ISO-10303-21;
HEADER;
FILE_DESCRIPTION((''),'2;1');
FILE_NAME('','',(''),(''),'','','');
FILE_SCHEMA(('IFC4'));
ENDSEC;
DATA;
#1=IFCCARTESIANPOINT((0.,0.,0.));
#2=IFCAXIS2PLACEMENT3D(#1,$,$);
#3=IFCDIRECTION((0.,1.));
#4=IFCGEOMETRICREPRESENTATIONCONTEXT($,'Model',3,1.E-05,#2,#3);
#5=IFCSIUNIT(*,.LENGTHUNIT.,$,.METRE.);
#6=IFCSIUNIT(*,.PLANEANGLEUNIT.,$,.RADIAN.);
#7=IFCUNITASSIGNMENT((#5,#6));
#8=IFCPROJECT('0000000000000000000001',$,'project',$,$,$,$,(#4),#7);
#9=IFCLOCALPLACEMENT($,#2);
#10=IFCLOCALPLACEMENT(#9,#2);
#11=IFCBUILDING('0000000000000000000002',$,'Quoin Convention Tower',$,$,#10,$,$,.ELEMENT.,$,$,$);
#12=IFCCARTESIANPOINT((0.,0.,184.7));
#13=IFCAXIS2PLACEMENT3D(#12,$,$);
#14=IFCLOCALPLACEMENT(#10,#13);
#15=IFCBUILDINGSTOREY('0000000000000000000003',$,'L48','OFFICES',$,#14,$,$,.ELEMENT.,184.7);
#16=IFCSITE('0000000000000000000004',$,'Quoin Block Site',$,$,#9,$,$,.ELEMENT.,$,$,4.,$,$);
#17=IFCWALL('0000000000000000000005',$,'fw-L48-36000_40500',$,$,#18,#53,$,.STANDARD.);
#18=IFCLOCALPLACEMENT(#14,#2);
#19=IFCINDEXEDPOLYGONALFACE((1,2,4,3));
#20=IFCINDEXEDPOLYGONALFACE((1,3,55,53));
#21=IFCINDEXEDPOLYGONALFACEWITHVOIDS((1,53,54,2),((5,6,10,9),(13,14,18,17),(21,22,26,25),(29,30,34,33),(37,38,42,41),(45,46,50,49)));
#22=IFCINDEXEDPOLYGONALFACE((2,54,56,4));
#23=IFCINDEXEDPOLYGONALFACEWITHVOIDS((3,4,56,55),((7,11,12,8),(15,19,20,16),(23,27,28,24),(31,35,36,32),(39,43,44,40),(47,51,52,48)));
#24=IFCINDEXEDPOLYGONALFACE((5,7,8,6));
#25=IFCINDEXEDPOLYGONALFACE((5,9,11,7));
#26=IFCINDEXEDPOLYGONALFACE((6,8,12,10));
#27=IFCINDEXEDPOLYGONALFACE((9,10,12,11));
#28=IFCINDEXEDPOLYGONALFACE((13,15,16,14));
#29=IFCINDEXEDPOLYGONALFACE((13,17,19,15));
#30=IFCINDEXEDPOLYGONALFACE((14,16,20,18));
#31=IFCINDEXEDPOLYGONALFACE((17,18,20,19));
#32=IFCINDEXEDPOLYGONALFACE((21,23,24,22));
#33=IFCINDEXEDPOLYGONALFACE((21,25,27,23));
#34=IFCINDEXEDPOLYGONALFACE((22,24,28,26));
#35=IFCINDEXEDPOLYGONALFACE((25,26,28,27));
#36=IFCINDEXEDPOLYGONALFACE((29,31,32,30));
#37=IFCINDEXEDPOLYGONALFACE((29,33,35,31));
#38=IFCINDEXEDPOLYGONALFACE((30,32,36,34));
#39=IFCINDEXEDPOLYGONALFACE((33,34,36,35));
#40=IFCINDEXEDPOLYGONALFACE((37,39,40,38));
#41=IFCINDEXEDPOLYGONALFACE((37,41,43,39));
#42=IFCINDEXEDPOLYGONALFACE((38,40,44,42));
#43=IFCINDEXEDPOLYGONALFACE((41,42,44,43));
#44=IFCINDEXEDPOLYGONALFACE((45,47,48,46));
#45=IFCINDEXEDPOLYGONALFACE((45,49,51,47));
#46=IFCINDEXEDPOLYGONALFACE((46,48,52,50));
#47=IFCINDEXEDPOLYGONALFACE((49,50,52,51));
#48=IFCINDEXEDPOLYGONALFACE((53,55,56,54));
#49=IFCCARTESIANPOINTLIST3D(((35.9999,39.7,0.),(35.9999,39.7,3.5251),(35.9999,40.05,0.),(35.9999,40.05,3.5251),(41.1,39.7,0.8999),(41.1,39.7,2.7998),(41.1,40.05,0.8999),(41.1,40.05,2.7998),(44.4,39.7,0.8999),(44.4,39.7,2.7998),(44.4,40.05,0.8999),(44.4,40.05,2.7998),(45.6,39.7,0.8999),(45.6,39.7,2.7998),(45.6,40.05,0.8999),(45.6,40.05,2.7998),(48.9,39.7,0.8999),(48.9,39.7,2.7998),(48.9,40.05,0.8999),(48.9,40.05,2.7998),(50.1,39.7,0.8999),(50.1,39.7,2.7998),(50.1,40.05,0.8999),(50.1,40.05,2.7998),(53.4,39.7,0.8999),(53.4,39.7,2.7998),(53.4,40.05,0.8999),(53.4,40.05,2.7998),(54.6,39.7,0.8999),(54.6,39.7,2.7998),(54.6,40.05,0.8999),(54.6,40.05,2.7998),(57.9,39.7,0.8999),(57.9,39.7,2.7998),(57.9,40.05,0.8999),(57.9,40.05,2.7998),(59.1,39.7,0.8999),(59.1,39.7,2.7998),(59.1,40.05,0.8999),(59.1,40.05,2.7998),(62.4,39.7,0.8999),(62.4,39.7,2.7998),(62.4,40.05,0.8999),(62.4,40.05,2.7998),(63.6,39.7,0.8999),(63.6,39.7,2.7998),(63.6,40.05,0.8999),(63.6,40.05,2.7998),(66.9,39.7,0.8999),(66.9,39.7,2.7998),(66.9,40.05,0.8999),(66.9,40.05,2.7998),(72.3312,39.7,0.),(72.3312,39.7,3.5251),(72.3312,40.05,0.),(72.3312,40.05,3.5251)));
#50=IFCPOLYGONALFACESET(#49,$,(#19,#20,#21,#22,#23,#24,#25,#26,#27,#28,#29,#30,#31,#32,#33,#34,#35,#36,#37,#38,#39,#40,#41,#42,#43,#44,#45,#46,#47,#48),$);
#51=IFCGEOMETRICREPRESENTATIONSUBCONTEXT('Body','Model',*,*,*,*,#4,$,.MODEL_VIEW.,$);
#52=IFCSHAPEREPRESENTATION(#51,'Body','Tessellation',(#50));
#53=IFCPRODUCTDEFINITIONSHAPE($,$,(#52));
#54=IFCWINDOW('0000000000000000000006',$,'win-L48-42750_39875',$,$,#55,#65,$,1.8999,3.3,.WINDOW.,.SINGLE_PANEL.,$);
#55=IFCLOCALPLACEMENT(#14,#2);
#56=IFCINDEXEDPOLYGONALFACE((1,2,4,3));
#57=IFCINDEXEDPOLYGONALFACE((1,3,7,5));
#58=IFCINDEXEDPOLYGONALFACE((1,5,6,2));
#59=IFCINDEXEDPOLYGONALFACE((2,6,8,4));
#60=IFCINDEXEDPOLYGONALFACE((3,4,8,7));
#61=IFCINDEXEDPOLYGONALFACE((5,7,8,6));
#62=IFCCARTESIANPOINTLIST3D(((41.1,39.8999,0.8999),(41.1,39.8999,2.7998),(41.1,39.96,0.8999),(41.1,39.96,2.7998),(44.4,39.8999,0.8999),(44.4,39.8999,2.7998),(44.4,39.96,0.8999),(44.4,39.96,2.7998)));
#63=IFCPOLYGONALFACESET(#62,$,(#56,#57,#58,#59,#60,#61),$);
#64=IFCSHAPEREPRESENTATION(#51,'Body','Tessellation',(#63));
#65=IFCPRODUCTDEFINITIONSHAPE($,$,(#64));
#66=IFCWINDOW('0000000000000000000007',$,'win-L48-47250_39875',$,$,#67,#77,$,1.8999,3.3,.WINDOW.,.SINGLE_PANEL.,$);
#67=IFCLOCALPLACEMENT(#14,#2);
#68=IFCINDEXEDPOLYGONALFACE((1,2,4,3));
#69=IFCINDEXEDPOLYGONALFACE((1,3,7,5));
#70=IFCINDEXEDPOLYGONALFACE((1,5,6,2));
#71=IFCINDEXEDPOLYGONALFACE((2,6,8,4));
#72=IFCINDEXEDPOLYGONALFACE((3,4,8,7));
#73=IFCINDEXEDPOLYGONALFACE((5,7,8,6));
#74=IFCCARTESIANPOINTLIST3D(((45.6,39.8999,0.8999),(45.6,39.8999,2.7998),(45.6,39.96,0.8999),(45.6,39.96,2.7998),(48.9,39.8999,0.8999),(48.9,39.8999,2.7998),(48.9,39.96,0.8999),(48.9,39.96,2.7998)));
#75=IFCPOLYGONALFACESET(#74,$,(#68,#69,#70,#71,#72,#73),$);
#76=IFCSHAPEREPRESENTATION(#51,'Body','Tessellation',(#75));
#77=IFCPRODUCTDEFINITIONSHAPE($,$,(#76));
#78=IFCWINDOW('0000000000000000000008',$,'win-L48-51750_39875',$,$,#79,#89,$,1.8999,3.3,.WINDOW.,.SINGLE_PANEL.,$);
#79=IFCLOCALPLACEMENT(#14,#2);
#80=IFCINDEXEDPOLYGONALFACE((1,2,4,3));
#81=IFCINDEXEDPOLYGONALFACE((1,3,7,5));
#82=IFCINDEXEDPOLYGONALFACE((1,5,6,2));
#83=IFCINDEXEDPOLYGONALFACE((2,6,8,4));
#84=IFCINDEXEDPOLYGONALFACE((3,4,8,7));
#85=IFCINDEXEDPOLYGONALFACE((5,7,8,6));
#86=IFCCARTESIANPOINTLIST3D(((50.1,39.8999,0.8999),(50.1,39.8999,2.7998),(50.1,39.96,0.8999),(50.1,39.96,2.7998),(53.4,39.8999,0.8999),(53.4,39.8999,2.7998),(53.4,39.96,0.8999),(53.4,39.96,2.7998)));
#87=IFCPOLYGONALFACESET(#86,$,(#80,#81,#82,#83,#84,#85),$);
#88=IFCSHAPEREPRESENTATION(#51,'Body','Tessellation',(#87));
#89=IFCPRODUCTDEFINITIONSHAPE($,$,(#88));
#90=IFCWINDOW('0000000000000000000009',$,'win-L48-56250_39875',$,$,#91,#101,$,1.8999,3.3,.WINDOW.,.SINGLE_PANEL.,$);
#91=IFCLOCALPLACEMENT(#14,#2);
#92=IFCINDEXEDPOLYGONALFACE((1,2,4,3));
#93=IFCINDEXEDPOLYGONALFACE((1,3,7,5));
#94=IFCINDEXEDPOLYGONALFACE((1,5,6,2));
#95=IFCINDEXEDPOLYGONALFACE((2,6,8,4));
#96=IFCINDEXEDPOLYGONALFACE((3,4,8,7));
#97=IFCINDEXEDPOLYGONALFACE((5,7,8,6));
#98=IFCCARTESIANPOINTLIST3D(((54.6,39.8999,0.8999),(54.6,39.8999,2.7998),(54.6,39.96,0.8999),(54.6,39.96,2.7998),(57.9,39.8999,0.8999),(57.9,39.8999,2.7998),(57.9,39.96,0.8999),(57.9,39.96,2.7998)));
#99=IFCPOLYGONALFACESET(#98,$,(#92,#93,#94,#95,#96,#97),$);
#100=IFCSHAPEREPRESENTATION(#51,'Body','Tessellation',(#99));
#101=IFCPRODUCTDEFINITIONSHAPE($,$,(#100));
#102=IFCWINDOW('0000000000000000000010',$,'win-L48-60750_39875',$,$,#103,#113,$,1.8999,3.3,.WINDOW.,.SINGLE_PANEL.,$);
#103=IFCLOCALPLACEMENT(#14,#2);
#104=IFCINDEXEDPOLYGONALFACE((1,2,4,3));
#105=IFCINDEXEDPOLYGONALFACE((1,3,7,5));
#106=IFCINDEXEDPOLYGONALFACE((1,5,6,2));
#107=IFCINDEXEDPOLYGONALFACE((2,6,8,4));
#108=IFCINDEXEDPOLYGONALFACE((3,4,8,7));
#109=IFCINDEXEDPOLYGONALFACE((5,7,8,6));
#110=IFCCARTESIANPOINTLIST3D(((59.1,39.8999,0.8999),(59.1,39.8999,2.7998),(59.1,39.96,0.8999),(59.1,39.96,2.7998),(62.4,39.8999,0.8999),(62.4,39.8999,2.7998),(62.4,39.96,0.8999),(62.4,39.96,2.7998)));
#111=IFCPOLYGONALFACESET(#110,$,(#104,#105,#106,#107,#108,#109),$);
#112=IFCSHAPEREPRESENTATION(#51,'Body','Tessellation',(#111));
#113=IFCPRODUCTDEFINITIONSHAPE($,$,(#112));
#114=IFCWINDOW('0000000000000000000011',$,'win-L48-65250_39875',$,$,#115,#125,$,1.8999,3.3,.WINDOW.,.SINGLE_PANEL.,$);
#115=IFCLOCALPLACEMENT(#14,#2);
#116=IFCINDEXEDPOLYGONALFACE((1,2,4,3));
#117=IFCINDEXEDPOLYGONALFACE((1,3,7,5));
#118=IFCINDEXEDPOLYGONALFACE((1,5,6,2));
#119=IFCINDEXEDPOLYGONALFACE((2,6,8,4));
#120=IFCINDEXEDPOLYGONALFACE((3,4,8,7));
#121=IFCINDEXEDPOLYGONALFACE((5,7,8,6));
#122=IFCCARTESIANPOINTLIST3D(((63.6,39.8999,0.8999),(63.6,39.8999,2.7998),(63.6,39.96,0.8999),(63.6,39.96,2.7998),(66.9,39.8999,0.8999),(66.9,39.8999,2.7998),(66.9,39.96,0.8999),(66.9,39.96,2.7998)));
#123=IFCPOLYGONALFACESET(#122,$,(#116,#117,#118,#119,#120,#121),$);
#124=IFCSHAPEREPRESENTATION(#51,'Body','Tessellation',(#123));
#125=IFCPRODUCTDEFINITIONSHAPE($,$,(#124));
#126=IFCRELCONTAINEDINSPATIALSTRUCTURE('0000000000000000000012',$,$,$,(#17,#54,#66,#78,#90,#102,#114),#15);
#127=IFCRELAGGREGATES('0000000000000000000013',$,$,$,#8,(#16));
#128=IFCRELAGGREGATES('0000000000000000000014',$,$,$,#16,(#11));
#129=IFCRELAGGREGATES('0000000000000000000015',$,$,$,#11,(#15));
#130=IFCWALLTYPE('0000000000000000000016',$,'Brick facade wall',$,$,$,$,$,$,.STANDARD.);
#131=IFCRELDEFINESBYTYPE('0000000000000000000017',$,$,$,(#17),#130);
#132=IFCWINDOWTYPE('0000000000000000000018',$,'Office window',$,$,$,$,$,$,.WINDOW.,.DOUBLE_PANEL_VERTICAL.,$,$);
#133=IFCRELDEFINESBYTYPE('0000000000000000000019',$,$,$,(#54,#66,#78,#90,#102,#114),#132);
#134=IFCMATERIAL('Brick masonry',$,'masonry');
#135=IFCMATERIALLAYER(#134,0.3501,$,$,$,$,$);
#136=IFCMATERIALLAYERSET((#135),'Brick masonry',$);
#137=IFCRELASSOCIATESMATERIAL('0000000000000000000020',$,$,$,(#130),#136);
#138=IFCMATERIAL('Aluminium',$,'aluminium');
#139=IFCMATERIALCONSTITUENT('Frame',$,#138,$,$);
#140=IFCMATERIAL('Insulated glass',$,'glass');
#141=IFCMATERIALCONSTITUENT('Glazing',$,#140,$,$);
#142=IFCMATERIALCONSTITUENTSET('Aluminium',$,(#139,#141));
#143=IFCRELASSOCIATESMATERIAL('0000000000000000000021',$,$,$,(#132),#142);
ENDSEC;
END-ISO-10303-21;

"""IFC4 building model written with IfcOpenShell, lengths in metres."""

from ifc_helpers import new_model, si_unit, direction, frame, frame_2d, origin, place, context, subcontext, project, spatial, rectangle, extrude, material, layer, layer_set, constituent, constituent_set, type_object, element, fill, save


model = new_model("IFC4")

# Units and contexts
model_context = context("Model", 3, precision=1e-05, world=origin(), true_north=direction((0.0, 1.0)))
body_context = subcontext(model_context, "Body", "Model", "MODEL_VIEW")
ifc_project = project(units=[si_unit("LENGTHUNIT", "METRE"), si_unit("PLANEANGLEUNIT", "RADIAN")], contexts=[model_context])

# Site, building, storey
site_placement = place(None, origin())
site = spatial("IfcSite", under=ifc_project, at=site_placement, Name="Quoin Block Site", CompositionType="ELEMENT", RefElevation=4.0)
building_placement = place(site_placement, origin())
building = spatial("IfcBuilding", under=site, at=building_placement, Name="Quoin Convention Tower", CompositionType="ELEMENT")
storey_placement = place(building_placement, frame((0.0, 0.0, 184.7)))
storey = spatial("IfcBuildingStorey", under=building, at=storey_placement, Name="L48", Description="OFFICES", CompositionType="ELEMENT", Elevation=184.7)

# Wall, openings, windows
ifc_material_1 = material(Name="Brick masonry", Category="masonry")
ifc_layer_1 = layer(ifc_material_1, 0.3501)
ifc_layer_set_1 = layer_set([ifc_layer_1], Name="Brick masonry")
wall_type_1 = type_object("IfcWallType", Name="Brick facade wall", PredefinedType="STANDARD", material=ifc_layer_set_1)
wall_1_placement = place(storey_placement, frame((36.0, 39.875, 0.0), z_axis=(0.0, 0.0, 1.0), x_axis=(1.0, 0.0, 0.0)))
wall_1 = element("IfcWall", 1, at=wall_1_placement, inside=storey, type_object=wall_type_1, Name="fw-L48-36000_40500", PredefinedType="STANDARD", context=body_context, shape_type="SweptSolid", body=[
    extrude(rectangle(XDim=36.3313, YDim=0.3501, at=frame_2d((18.1655, 0.0))), origin(), (0.0, 0.0, 1.0), 3.5251),
])
opening_1_placement = place(wall_1_placement, frame((5.1001, 0.0, 0.8999)))
opening_1 = element("IfcOpeningElement", 2, at=opening_1_placement, cuts=wall_1, PredefinedType="OPENING", context=body_context, shape_type="SweptSolid", body=[
    extrude(rectangle(XDim=3.3, YDim=1.8999, at=frame_2d((1.6499, 0.95))), frame((0.0, 0.1851, 0.0), z_axis=(0.0, -1.0, 0.0), x_axis=(1.0, 0.0, 0.0)), (0.0, 0.0, 1.0), 0.3701),
])
opening_2_placement = place(wall_1_placement, frame((9.6001, 0.0, 0.8999)))
opening_2 = element("IfcOpeningElement", 3, at=opening_2_placement, cuts=wall_1, PredefinedType="OPENING", context=body_context, shape_type="SweptSolid", body=[
    extrude(rectangle(XDim=3.3, YDim=1.8999, at=frame_2d((1.6499, 0.95))), frame((0.0, 0.1851, 0.0), z_axis=(0.0, -1.0, 0.0), x_axis=(1.0, 0.0, 0.0)), (0.0, 0.0, 1.0), 0.3701),
])
opening_3_placement = place(wall_1_placement, frame((14.1001, 0.0, 0.8999)))
opening_3 = element("IfcOpeningElement", 4, at=opening_3_placement, cuts=wall_1, PredefinedType="OPENING", context=body_context, shape_type="SweptSolid", body=[
    extrude(rectangle(XDim=3.3, YDim=1.8999, at=frame_2d((1.6499, 0.95))), frame((0.0, 0.1851, 0.0), z_axis=(0.0, -1.0, 0.0), x_axis=(1.0, 0.0, 0.0)), (0.0, 0.0, 1.0), 0.3701),
])
opening_4_placement = place(wall_1_placement, frame((18.6001, 0.0, 0.8999)))
opening_4 = element("IfcOpeningElement", 5, at=opening_4_placement, cuts=wall_1, PredefinedType="OPENING", context=body_context, shape_type="SweptSolid", body=[
    extrude(rectangle(XDim=3.3, YDim=1.8999, at=frame_2d((1.6499, 0.95))), frame((0.0, 0.1851, 0.0), z_axis=(0.0, -1.0, 0.0), x_axis=(1.0, 0.0, 0.0)), (0.0, 0.0, 1.0), 0.3701),
])
opening_5_placement = place(wall_1_placement, frame((23.1001, 0.0, 0.8999)))
opening_5 = element("IfcOpeningElement", 6, at=opening_5_placement, cuts=wall_1, PredefinedType="OPENING", context=body_context, shape_type="SweptSolid", body=[
    extrude(rectangle(XDim=3.3, YDim=1.8999, at=frame_2d((1.6499, 0.95))), frame((0.0, 0.1851, 0.0), z_axis=(0.0, -1.0, 0.0), x_axis=(1.0, 0.0, 0.0)), (0.0, 0.0, 1.0), 0.3701),
])
opening_6_placement = place(wall_1_placement, frame((27.6001, 0.0, 0.8999)))
opening_6 = element("IfcOpeningElement", 7, at=opening_6_placement, cuts=wall_1, PredefinedType="OPENING", context=body_context, shape_type="SweptSolid", body=[
    extrude(rectangle(XDim=3.3, YDim=1.8999, at=frame_2d((1.6499, 0.95))), frame((0.0, 0.1851, 0.0), z_axis=(0.0, -1.0, 0.0), x_axis=(1.0, 0.0, 0.0)), (0.0, 0.0, 1.0), 0.3701),
])
ifc_material_2 = material(Name="Aluminium", Category="aluminium")
ifc_constituent_1 = constituent(ifc_material_2, Name="Frame")
ifc_material_3 = material(Name="Insulated glass", Category="glass")
ifc_constituent_2 = constituent(ifc_material_3, Name="Glazing")
ifc_constituent_set = constituent_set(constituents=[ifc_constituent_1, ifc_constituent_2], Name="Aluminium")
window_type = type_object("IfcWindowType", Name="Office window", PartitioningType="DOUBLE_PANEL_VERTICAL", PredefinedType="WINDOW", material=ifc_constituent_set)
window_1_placement = place(opening_1_placement, origin())
window_1 = element("IfcWindow", 8, at=window_1_placement, inside=storey, type_object=window_type, Name="win-L48-42750_39875", OverallHeight=1.8999, OverallWidth=3.3, PartitioningType="SINGLE_PANEL", PredefinedType="WINDOW", context=body_context, shape_type="SweptSolid", body=[
    extrude(rectangle(XDim=3.3, YDim=1.8999, at=frame_2d((1.6499, 0.95))), frame((0.0, 0.085, 0.0), z_axis=(0.0, -1.0, 0.0), x_axis=(1.0, 0.0, 0.0)), (0.0, 0.0, 1.0), 0.0601),
])
fill(opening_1, window_1)
window_2_placement = place(opening_2_placement, origin())
window_2 = element("IfcWindow", 9, at=window_2_placement, inside=storey, type_object=window_type, Name="win-L48-47250_39875", OverallHeight=1.8999, OverallWidth=3.3, PartitioningType="SINGLE_PANEL", PredefinedType="WINDOW", context=body_context, shape_type="SweptSolid", body=[
    extrude(rectangle(XDim=3.3, YDim=1.8999, at=frame_2d((1.6499, 0.95))), frame((0.0, 0.085, 0.0), z_axis=(0.0, -1.0, 0.0), x_axis=(1.0, 0.0, 0.0)), (0.0, 0.0, 1.0), 0.0601),
])
fill(opening_2, window_2)
window_3_placement = place(opening_3_placement, origin())
window_3 = element("IfcWindow", 10, at=window_3_placement, inside=storey, type_object=window_type, Name="win-L48-51750_39875", OverallHeight=1.8999, OverallWidth=3.3, PartitioningType="SINGLE_PANEL", PredefinedType="WINDOW", context=body_context, shape_type="SweptSolid", body=[
    extrude(rectangle(XDim=3.3, YDim=1.8999, at=frame_2d((1.6499, 0.95))), frame((0.0, 0.085, 0.0), z_axis=(0.0, -1.0, 0.0), x_axis=(1.0, 0.0, 0.0)), (0.0, 0.0, 1.0), 0.0601),
])
fill(opening_3, window_3)
window_4_placement = place(opening_4_placement, origin())
window_4 = element("IfcWindow", 11, at=window_4_placement, inside=storey, type_object=window_type, Name="win-L48-56250_39875", OverallHeight=1.8999, OverallWidth=3.3, PartitioningType="SINGLE_PANEL", PredefinedType="WINDOW", context=body_context, shape_type="SweptSolid", body=[
    extrude(rectangle(XDim=3.3, YDim=1.8999, at=frame_2d((1.6499, 0.95))), frame((0.0, 0.085, 0.0), z_axis=(0.0, -1.0, 0.0), x_axis=(1.0, 0.0, 0.0)), (0.0, 0.0, 1.0), 0.0601),
])
fill(opening_4, window_4)
window_5_placement = place(opening_5_placement, origin())
window_5 = element("IfcWindow", 12, at=window_5_placement, inside=storey, type_object=window_type, Name="win-L48-60750_39875", OverallHeight=1.8999, OverallWidth=3.3, PartitioningType="SINGLE_PANEL", PredefinedType="WINDOW", context=body_context, shape_type="SweptSolid", body=[
    extrude(rectangle(XDim=3.3, YDim=1.8999, at=frame_2d((1.6499, 0.95))), frame((0.0, 0.085, 0.0), z_axis=(0.0, -1.0, 0.0), x_axis=(1.0, 0.0, 0.0)), (0.0, 0.0, 1.0), 0.0601),
])
fill(opening_5, window_5)
window_6_placement = place(opening_6_placement, origin())
window_6 = element("IfcWindow", 13, at=window_6_placement, inside=storey, type_object=window_type, Name="win-L48-65250_39875", OverallHeight=1.8999, OverallWidth=3.3, PartitioningType="SINGLE_PANEL", PredefinedType="WINDOW", context=body_context, shape_type="SweptSolid", body=[
    extrude(rectangle(XDim=3.3, YDim=1.8999, at=frame_2d((1.6499, 0.95))), frame((0.0, 0.085, 0.0), z_axis=(0.0, -1.0, 0.0), x_axis=(1.0, 0.0, 0.0)), (0.0, 0.0, 1.0), 0.0601),
])
fill(opening_6, window_6)

save(model, "model.ifc")
